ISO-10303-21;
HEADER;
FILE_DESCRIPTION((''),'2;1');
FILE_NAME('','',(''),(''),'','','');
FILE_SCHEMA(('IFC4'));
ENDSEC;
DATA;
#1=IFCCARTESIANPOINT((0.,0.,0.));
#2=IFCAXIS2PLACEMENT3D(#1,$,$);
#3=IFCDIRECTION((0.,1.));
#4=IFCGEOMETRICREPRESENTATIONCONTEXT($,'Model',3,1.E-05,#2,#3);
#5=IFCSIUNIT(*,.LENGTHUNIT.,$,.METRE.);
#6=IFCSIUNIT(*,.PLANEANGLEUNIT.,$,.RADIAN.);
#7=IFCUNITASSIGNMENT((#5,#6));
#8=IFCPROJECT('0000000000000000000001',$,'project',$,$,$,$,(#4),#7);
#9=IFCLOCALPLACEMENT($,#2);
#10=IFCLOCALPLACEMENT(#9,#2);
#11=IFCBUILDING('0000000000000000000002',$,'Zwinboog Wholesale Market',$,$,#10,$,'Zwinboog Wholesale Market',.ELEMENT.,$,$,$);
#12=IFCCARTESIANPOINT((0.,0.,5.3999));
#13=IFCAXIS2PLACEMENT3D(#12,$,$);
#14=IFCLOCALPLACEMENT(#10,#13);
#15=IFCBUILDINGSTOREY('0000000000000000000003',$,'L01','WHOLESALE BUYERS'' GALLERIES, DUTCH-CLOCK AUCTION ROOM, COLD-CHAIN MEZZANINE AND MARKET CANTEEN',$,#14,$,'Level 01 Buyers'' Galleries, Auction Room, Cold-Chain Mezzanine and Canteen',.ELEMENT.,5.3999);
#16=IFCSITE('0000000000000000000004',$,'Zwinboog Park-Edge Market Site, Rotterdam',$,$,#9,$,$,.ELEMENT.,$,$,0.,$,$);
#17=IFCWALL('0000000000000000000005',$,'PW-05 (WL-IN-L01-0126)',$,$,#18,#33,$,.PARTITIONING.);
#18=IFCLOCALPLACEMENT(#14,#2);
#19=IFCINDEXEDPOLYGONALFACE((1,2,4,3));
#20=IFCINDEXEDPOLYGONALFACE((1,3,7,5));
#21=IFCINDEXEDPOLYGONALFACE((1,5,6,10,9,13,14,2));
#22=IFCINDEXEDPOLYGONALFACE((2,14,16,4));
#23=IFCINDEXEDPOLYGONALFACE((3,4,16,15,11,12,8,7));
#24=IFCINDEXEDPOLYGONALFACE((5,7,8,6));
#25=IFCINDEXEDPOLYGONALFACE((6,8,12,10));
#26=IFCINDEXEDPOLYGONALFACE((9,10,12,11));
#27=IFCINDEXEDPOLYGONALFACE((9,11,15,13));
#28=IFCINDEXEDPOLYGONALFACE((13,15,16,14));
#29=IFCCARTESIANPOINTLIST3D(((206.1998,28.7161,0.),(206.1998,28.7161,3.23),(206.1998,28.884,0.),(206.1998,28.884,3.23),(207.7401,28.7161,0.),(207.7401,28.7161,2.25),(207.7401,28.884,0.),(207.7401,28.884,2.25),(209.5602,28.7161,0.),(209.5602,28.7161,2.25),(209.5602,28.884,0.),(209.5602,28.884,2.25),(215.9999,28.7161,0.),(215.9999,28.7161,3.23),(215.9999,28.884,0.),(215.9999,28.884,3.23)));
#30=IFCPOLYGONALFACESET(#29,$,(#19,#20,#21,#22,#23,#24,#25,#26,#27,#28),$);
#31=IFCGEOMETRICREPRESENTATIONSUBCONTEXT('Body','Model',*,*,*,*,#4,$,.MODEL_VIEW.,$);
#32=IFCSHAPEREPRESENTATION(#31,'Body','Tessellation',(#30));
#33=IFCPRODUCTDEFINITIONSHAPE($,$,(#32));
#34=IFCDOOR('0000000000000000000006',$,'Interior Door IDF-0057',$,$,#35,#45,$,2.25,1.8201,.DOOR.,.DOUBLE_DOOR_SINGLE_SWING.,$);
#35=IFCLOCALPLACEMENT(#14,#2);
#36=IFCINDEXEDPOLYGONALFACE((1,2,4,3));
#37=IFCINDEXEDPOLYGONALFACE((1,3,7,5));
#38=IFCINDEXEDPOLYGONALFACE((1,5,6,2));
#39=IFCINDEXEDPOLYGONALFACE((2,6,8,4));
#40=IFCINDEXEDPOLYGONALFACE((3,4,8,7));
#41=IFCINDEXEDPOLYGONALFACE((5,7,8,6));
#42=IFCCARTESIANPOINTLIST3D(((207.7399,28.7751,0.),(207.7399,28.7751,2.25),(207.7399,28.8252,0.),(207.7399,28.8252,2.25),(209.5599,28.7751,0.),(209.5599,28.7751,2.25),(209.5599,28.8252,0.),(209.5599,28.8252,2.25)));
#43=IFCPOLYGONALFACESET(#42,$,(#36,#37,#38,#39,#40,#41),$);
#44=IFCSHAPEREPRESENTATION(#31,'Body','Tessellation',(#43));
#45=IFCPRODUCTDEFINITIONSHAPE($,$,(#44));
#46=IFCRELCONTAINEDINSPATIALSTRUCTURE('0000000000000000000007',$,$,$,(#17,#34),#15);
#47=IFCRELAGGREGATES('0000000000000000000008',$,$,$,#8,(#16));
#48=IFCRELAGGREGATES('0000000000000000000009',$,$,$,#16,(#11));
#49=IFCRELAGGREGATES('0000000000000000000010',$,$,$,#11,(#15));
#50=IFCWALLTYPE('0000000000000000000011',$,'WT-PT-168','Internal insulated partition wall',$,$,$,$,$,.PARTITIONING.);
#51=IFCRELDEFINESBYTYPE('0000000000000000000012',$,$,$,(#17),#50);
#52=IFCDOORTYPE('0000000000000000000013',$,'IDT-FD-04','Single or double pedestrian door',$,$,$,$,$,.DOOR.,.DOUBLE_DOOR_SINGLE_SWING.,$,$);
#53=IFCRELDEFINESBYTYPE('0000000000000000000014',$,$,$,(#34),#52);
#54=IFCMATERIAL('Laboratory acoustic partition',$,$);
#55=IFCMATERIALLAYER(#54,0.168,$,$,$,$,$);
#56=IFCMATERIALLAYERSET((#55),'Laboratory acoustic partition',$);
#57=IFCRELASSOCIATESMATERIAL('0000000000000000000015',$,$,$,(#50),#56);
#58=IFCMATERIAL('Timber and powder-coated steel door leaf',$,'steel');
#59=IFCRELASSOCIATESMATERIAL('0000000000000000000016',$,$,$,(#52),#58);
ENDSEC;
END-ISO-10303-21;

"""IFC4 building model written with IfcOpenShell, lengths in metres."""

from ifc_helpers import new_model, si_unit, direction, frame, frame_2d, origin, place, context, subcontext, project, spatial, rectangle, extrude, material, layer, layer_set, type_object, element, fill, save


model = new_model("IFC4")

# Units and contexts
model_context = context("Model", 3, precision=1e-05, world=origin(), true_north=direction((0.0, 1.0)))
body_context = subcontext(model_context, "Body", "Model", "MODEL_VIEW")
ifc_project = project(units=[si_unit("LENGTHUNIT", "METRE"), si_unit("PLANEANGLEUNIT", "RADIAN")], contexts=[model_context])

# Site, building, storey
site_placement = place(None, origin())
site = spatial("IfcSite", under=ifc_project, at=site_placement, Name="Zwinboog Park-Edge Market Site, Rotterdam", CompositionType="ELEMENT", RefElevation=0.0)
building_placement = place(site_placement, origin())
building = spatial("IfcBuilding", under=site, at=building_placement, Name="Zwinboog Wholesale Market", LongName="Zwinboog Wholesale Market", CompositionType="ELEMENT")
storey_placement = place(building_placement, frame((0.0, 0.0, 5.3999)))
storey = spatial("IfcBuildingStorey", under=building, at=storey_placement, Name="L01", Description="WHOLESALE BUYERS' GALLERIES, DUTCH-CLOCK AUCTION ROOM, COLD-CHAIN MEZZANINE AND MARKET CANTEEN", LongName="Level 01 Buyers' Galleries, Auction Room, Cold-Chain Mezzanine and Canteen", CompositionType="ELEMENT", Elevation=5.3999)

# Wall, opening, door
ifc_material_1 = material(Name="Laboratory acoustic partition")
ifc_layer_1 = layer(ifc_material_1, 0.168)
ifc_layer_set_1 = layer_set([ifc_layer_1], Name="Laboratory acoustic partition")
wall_type_1 = type_object("IfcWallType", Name="WT-PT-168", Description="Internal insulated partition wall", PredefinedType="PARTITIONING", material=ifc_layer_set_1)
wall_1_placement = place(storey_placement, frame((206.2, 28.8, 0.0), z_axis=(0.0, 0.0, 1.0), x_axis=(1.0, 0.0, 0.0)))
wall_1 = element("IfcWall", 1, at=wall_1_placement, inside=storey, type_object=wall_type_1, Name="PW-05 (WL-IN-L01-0126)", PredefinedType="PARTITIONING", context=body_context, shape_type="SweptSolid", body=[
    extrude(rectangle(XDim=9.8, YDim=0.168, at=frame_2d((4.8999, 0.0))), origin(), (0.0, 0.0, 1.0), 3.23),
])
opening_1_placement = place(wall_1_placement, frame((1.54, 0.0, 0.0)))
opening_1 = element("IfcOpeningElement", 2, at=opening_1_placement, cuts=wall_1, PredefinedType="OPENING", context=body_context, shape_type="SweptSolid", body=[
    extrude(rectangle(XDim=1.8201, YDim=2.25, at=frame_2d((0.9102, 1.125))), frame((0.0, 0.094, 0.0), z_axis=(0.0, -1.0, 0.0), x_axis=(1.0, 0.0, 0.0)), (0.0, 0.0, 1.0), 0.188),
])
ifc_material_2 = material(Name="Timber and powder-coated steel door leaf", Category="steel")
door_type = type_object("IfcDoorType", Name="IDT-FD-04", Description="Single or double pedestrian door", OperationType="DOUBLE_DOOR_SINGLE_SWING", PredefinedType="DOOR", material=ifc_material_2)
door_placement = place(opening_1_placement, frame((1.8201, 0.0, 0.0), z_axis=(0.0, 0.0, 1.0), x_axis=(-1.0, 0.0, 0.0)))
door = element("IfcDoor", 3, at=door_placement, inside=storey, type_object=door_type, Name="Interior Door IDF-0057", OperationType="DOUBLE_DOOR_SINGLE_SWING", OverallHeight=2.25, OverallWidth=1.8201, PredefinedType="DOOR", context=body_context, shape_type="SweptSolid", body=[
    extrude(rectangle(XDim=1.8201, YDim=2.25, at=frame_2d((0.9102, 1.125))), frame((0.0, 0.0249, 0.0), z_axis=(0.0, -1.0, 0.0), x_axis=(1.0, 0.0, 0.0)), (0.0, 0.0, 1.0), 0.05),
])
fill(opening_1, door)

save(model, "model.ifc")
